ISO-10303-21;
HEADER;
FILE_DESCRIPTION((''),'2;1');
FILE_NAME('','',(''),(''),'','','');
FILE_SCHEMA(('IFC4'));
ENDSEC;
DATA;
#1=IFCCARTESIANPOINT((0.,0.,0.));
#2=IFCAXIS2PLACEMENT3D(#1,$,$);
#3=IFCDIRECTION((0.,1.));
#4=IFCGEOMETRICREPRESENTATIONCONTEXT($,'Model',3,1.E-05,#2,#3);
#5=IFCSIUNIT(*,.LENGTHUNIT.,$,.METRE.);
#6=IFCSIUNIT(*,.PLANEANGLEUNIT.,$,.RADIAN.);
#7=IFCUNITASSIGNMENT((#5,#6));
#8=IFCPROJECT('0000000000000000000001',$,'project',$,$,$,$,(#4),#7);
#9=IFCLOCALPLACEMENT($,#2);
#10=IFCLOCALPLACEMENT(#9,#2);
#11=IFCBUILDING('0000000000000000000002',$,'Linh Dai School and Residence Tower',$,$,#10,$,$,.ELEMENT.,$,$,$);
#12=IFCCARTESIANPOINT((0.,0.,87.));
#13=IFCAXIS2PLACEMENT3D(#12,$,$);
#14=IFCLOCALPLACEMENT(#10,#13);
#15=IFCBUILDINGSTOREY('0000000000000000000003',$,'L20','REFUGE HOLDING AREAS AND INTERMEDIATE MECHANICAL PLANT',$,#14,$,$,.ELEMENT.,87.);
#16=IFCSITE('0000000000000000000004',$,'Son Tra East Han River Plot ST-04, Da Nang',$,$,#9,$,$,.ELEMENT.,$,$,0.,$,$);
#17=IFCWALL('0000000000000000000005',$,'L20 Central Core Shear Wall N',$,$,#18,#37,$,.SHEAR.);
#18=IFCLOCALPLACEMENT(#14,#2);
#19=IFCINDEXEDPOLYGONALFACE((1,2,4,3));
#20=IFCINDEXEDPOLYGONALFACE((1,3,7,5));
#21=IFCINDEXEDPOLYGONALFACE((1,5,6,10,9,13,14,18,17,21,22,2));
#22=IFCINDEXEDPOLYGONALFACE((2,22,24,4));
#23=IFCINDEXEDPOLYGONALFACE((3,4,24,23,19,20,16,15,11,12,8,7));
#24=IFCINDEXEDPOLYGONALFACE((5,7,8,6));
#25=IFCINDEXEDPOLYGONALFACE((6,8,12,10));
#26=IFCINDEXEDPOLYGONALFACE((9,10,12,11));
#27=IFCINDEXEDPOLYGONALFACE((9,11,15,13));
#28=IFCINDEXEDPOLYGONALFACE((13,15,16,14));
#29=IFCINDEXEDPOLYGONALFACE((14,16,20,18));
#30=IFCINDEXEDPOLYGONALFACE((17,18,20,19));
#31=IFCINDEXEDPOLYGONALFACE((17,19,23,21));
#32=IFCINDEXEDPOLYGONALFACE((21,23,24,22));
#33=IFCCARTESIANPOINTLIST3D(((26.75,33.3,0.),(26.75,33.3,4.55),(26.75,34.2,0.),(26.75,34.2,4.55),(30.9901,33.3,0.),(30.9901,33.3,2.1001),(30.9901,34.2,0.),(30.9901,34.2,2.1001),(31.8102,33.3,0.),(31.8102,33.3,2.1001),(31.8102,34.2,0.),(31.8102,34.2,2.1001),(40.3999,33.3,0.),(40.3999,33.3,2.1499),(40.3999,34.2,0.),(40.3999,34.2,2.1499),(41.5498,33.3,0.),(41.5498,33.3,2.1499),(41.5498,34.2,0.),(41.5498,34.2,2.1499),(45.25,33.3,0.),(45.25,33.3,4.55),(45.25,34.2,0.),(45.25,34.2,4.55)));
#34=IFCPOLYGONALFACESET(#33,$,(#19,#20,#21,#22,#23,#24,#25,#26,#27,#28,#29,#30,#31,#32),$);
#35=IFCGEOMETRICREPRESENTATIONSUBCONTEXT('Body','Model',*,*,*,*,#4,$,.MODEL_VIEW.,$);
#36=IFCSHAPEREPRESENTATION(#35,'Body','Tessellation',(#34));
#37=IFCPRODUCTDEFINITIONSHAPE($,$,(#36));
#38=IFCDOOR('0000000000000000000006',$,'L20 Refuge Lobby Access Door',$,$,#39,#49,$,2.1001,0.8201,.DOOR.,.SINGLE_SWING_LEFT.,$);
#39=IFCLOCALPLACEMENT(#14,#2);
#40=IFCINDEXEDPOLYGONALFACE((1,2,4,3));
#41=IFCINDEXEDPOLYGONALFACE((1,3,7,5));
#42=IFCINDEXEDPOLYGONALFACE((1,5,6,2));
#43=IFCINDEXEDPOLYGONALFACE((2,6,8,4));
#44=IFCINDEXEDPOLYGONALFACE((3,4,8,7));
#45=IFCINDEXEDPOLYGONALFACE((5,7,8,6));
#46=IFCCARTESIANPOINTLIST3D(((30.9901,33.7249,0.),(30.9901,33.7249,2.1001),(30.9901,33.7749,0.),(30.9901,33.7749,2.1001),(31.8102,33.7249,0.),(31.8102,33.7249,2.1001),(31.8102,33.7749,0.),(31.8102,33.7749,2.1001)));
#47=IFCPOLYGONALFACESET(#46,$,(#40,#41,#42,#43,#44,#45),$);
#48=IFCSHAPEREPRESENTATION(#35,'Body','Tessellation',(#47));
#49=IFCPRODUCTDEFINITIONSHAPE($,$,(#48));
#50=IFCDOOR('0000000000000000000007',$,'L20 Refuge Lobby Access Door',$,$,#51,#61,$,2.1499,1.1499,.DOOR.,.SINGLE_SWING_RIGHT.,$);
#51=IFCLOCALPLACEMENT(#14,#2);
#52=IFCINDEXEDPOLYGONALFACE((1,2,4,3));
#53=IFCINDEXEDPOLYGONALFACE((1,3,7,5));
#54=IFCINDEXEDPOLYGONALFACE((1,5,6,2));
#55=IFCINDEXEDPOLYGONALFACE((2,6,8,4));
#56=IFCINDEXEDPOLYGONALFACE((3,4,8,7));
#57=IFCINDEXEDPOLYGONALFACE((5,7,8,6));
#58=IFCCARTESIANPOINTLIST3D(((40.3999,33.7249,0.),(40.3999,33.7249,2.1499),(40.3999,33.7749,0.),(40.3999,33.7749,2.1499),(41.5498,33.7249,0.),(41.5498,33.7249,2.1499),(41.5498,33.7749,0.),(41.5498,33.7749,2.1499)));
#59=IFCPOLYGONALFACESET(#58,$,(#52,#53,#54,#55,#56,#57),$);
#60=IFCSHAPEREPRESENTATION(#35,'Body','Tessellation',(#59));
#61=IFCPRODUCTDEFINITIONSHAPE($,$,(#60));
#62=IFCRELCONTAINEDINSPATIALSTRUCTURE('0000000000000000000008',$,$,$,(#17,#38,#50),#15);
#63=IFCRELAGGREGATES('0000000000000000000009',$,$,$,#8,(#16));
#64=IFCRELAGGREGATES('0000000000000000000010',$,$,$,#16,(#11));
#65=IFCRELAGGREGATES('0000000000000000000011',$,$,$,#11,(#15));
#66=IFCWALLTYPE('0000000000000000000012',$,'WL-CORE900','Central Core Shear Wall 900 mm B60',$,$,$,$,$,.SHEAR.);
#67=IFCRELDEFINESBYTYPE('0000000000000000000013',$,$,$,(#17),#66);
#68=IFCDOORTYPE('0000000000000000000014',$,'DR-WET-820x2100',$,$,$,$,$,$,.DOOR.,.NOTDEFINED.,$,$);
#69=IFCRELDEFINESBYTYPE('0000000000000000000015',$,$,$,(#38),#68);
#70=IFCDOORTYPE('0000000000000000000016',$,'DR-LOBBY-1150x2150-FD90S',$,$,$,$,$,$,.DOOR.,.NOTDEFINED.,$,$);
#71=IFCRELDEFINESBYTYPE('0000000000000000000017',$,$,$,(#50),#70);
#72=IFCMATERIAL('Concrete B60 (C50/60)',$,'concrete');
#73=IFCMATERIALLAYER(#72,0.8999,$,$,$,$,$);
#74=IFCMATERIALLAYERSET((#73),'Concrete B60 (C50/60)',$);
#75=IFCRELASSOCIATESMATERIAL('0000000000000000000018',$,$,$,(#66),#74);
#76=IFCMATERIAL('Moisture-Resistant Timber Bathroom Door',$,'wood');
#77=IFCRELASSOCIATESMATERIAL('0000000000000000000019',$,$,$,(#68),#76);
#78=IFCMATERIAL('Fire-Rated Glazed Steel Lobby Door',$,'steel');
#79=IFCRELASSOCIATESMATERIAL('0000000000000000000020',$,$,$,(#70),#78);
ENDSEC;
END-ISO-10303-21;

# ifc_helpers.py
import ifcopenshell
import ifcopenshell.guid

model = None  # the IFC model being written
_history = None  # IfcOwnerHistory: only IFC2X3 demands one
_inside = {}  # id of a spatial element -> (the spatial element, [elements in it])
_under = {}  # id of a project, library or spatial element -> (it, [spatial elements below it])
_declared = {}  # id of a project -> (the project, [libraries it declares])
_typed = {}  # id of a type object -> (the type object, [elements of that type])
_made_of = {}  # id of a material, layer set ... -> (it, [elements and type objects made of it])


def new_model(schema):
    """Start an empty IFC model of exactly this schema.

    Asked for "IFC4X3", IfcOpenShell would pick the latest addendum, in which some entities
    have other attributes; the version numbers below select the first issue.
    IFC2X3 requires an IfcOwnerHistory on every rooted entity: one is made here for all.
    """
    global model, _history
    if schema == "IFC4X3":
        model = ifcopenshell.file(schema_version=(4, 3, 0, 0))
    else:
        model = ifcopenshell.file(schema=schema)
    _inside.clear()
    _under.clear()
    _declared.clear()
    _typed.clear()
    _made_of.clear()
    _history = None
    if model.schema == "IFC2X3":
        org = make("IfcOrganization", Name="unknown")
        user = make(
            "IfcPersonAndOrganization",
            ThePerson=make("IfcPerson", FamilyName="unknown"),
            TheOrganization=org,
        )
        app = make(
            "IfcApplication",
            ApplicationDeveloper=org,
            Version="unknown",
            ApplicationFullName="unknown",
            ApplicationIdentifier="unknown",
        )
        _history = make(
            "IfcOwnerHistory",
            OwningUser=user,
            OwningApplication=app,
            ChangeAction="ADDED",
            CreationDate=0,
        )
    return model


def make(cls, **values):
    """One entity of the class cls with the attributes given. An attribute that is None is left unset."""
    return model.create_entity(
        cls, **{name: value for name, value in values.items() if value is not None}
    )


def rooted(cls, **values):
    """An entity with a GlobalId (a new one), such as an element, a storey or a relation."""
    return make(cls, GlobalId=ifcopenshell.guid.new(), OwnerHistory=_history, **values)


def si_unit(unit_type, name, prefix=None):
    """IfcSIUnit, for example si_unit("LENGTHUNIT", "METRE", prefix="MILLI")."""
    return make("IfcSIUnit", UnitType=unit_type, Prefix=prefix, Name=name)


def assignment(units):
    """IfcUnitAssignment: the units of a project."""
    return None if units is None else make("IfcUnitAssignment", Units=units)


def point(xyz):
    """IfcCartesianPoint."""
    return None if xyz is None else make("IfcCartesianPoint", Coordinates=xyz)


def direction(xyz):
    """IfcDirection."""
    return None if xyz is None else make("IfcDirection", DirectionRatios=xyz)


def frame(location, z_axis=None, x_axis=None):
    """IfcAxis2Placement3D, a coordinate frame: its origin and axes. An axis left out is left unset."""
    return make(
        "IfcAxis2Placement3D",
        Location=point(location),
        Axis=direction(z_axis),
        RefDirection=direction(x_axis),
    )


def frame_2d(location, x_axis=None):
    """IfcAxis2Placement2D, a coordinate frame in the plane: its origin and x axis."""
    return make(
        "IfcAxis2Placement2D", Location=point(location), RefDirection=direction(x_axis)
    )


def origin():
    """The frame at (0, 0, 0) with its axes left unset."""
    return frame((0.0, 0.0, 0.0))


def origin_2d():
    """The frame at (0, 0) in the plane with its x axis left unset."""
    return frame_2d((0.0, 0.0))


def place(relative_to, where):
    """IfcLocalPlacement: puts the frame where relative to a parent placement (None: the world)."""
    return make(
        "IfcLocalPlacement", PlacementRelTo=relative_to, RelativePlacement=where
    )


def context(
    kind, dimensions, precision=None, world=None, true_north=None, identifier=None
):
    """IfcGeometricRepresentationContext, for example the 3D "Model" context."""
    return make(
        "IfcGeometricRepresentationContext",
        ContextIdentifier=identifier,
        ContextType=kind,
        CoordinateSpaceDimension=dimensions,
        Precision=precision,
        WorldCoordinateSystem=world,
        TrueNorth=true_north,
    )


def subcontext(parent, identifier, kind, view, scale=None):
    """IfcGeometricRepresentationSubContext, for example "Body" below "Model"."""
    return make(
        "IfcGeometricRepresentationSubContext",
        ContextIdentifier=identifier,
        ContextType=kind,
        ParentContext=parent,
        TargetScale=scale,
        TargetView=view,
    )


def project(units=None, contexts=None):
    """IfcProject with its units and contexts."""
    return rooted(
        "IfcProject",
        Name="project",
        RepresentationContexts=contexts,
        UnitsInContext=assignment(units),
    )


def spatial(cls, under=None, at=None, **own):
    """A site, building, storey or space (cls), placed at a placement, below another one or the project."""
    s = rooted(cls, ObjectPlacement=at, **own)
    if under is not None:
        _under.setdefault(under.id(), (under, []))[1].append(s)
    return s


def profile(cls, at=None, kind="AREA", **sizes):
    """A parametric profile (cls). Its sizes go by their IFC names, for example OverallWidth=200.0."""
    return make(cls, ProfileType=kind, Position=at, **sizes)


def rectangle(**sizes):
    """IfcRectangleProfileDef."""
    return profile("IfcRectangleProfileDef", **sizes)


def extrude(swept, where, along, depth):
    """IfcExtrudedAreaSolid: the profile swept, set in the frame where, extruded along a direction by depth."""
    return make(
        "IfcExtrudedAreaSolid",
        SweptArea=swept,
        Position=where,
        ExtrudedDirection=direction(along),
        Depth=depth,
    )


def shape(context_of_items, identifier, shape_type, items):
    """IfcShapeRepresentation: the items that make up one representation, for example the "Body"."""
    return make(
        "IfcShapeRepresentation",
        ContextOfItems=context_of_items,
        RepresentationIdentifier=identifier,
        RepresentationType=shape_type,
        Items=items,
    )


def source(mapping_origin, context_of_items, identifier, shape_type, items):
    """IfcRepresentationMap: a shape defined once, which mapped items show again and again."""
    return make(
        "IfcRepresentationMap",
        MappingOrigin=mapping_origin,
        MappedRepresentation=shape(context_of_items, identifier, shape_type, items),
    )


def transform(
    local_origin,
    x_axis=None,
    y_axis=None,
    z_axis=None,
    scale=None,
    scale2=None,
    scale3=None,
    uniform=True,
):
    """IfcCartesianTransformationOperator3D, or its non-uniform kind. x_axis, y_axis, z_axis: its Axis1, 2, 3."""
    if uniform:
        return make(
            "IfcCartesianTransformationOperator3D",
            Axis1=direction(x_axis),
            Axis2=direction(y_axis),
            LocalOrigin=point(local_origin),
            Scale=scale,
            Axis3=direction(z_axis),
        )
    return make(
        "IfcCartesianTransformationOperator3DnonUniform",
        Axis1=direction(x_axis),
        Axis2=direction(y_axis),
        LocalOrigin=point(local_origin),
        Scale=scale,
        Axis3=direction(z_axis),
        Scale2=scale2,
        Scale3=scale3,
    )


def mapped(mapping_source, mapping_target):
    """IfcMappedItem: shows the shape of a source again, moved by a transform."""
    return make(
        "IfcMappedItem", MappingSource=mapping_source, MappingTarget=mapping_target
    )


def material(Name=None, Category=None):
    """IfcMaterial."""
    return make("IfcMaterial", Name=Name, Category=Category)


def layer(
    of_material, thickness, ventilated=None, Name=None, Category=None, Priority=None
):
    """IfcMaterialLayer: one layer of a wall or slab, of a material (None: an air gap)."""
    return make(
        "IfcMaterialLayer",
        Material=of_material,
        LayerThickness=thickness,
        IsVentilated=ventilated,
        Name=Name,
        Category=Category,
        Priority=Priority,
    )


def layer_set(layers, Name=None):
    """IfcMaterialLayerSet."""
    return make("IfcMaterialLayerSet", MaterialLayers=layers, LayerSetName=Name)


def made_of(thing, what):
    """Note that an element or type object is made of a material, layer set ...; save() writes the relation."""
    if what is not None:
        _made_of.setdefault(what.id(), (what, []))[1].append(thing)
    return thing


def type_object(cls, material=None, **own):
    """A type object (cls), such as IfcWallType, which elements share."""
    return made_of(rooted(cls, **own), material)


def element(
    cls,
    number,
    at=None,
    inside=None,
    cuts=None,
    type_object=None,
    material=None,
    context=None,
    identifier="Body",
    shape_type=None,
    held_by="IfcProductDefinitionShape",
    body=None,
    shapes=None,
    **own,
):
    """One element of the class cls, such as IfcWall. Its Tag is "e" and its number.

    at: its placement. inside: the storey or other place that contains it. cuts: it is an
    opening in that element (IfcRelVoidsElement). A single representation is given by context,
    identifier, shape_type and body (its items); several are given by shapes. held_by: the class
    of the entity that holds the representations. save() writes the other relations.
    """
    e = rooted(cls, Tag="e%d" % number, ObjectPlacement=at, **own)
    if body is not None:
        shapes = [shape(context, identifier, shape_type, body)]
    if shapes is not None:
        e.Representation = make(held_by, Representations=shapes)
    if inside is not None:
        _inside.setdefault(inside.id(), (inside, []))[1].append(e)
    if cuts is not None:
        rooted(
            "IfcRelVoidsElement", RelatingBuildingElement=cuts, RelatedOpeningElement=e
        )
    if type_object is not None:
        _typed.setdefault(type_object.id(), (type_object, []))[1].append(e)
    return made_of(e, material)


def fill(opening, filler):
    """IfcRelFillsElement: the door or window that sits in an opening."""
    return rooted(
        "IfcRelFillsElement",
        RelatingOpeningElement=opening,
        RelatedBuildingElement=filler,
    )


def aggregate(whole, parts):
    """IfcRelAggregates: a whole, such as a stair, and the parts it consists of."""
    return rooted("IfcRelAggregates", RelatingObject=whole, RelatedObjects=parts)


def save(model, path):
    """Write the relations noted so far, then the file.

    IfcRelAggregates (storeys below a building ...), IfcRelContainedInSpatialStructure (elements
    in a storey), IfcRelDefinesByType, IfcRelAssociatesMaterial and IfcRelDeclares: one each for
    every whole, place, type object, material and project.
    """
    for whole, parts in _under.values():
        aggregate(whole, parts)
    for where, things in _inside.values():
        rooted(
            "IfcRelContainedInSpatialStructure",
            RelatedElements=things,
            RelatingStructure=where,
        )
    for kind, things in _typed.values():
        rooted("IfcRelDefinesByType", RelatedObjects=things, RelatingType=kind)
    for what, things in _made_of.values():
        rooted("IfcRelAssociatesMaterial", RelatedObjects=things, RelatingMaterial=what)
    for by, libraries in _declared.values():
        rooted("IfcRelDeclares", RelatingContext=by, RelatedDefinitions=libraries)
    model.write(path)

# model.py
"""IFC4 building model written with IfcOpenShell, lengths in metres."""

from ifc_helpers import new_model, si_unit, direction, frame, frame_2d, origin, origin_2d, place, context, subcontext, project, spatial, rectangle, extrude, source, transform, mapped, material, layer, layer_set, type_object, element, fill, save


model = new_model("IFC4")

# Units and contexts
model_context = context("Model", 3, precision=1e-05, world=origin(), true_north=direction((0.0, 1.0)))
body_context = subcontext(model_context, "Body", "Model", "MODEL_VIEW")
ifc_project = project(units=[si_unit("LENGTHUNIT", "METRE"), si_unit("PLANEANGLEUNIT", "RADIAN")], contexts=[model_context])

# Site, building, storey
site_placement = place(None, origin())
site = spatial("IfcSite", under=ifc_project, at=site_placement, Name="Son Tra East Han River Plot ST-04, Da Nang", CompositionType="ELEMENT", RefElevation=0.0)
building_placement = place(site_placement, origin())
building = spatial("IfcBuilding", under=site, at=building_placement, Name="Linh Dai School and Residence Tower", CompositionType="ELEMENT")
storey_placement = place(building_placement, frame((0.0, 0.0, 87.0)))
storey = spatial("IfcBuildingStorey", under=building, at=storey_placement, Name="L20", Description="REFUGE HOLDING AREAS AND INTERMEDIATE MECHANICAL PLANT", CompositionType="ELEMENT", Elevation=87.0)

# Wall, openings, doors
ifc_material_1 = material(Name="Concrete B60 (C50/60)", Category="concrete")
ifc_layer_1 = layer(ifc_material_1, 0.8999)
ifc_layer_set_1 = layer_set([ifc_layer_1], Name="Concrete B60 (C50/60)")
wall_type_1 = type_object("IfcWallType", Name="WL-CORE900", Description="Central Core Shear Wall 900 mm B60", PredefinedType="SHEAR", material=ifc_layer_set_1)
wall_1_placement = place(storey_placement, frame((26.75, 33.75, 0.0), z_axis=(0.0, 0.0, 1.0), x_axis=(1.0, 0.0, 0.0)))
wall_1 = element("IfcWall", 1, at=wall_1_placement, inside=storey, type_object=wall_type_1, Name="L20 Central Core Shear Wall N", PredefinedType="SHEAR", context=body_context, shape_type="SweptSolid", body=[
    extrude(rectangle(XDim=18.5, YDim=0.8999, at=frame_2d((9.25, 0.0))), origin(), (0.0, 0.0, 1.0), 4.55),
])
opening_1_placement = place(wall_1_placement, frame((4.24, 0.0, 0.0)))
opening_1 = element("IfcOpeningElement", 2, at=opening_1_placement, cuts=wall_1, PredefinedType="OPENING", context=body_context, shape_type="SweptSolid", body=[
    extrude(rectangle(XDim=0.8201, YDim=2.1001, at=origin_2d()), frame((0.4102, 0.46, 1.05), z_axis=(0.0, -1.0, 0.0), x_axis=(1.0, 0.0, 0.0)), (0.0, 0.0, 1.0), 0.9199),
])
opening_2_placement = place(wall_1_placement, frame((13.6499, 0.0, 0.0)))
opening_2 = element("IfcOpeningElement", 3, at=opening_2_placement, cuts=wall_1, PredefinedType="OPENING", context=body_context, shape_type="SweptSolid", body=[
    extrude(rectangle(XDim=1.1499, YDim=2.1499, at=origin_2d()), frame((0.575, 0.46, 1.075), z_axis=(0.0, -1.0, 0.0), x_axis=(1.0, 0.0, 0.0)), (0.0, 0.0, 1.0), 0.9199),
])
ifc_material_2 = material(Name="Moisture-Resistant Timber Bathroom Door", Category="wood")
door_type_1 = type_object("IfcDoorType", Name="DR-WET-820x2100", OperationType="NOTDEFINED", PredefinedType="DOOR", material=ifc_material_2)
shared_shape_1 = source(origin(), body_context, "Body", "SweptSolid", [
    extrude(rectangle(XDim=0.8201, YDim=2.1001, at=origin_2d()), frame((0.4102, 0.0249, 1.05), z_axis=(0.0, -1.0, 0.0), x_axis=(1.0, 0.0, 0.0)), (0.0, 0.0, 1.0), 0.05),
])
door_1_placement = place(opening_1_placement, origin())
door_1 = element("IfcDoor", 4, at=door_1_placement, inside=storey, type_object=door_type_1, Name="L20 Refuge Lobby Access Door", OperationType="SINGLE_SWING_LEFT", OverallHeight=2.1001, OverallWidth=0.8201, PredefinedType="DOOR", context=body_context, shape_type="MappedRepresentation", body=[
    mapped(shared_shape_1, transform((0.0, 0.0, 0.0), x_axis=(1.0, 0.0, 0.0), y_axis=(0.0, 1.0, 0.0), z_axis=(0.0, 0.0, 1.0), scale=1.0)),
])
fill(opening_1, door_1)
ifc_material_3 = material(Name="Fire-Rated Glazed Steel Lobby Door", Category="steel")
door_type_2 = type_object("IfcDoorType", Name="DR-LOBBY-1150x2150-FD90S", OperationType="NOTDEFINED", PredefinedType="DOOR", material=ifc_material_3)
shared_shape_2 = source(origin(), body_context, "Body", "SweptSolid", [
    extrude(rectangle(XDim=1.1499, YDim=2.1499, at=origin_2d()), frame((0.575, 0.0249, 1.075), z_axis=(0.0, -1.0, 0.0), x_axis=(1.0, 0.0, 0.0)), (0.0, 0.0, 1.0), 0.05),
])
door_2_placement = place(opening_2_placement, origin())
door_2 = element("IfcDoor", 5, at=door_2_placement, inside=storey, type_object=door_type_2, Name="L20 Refuge Lobby Access Door", OperationType="SINGLE_SWING_RIGHT", OverallHeight=2.1499, OverallWidth=1.1499, PredefinedType="DOOR", context=body_context, shape_type="MappedRepresentation", body=[
    mapped(shared_shape_2, transform((0.0, 0.0, 0.0), x_axis=(1.0, 0.0, 0.0), y_axis=(0.0, 1.0, 0.0), z_axis=(0.0, 0.0, 1.0), scale=1.0)),
])
fill(opening_2, door_2)

save(model, "model.ifc")
